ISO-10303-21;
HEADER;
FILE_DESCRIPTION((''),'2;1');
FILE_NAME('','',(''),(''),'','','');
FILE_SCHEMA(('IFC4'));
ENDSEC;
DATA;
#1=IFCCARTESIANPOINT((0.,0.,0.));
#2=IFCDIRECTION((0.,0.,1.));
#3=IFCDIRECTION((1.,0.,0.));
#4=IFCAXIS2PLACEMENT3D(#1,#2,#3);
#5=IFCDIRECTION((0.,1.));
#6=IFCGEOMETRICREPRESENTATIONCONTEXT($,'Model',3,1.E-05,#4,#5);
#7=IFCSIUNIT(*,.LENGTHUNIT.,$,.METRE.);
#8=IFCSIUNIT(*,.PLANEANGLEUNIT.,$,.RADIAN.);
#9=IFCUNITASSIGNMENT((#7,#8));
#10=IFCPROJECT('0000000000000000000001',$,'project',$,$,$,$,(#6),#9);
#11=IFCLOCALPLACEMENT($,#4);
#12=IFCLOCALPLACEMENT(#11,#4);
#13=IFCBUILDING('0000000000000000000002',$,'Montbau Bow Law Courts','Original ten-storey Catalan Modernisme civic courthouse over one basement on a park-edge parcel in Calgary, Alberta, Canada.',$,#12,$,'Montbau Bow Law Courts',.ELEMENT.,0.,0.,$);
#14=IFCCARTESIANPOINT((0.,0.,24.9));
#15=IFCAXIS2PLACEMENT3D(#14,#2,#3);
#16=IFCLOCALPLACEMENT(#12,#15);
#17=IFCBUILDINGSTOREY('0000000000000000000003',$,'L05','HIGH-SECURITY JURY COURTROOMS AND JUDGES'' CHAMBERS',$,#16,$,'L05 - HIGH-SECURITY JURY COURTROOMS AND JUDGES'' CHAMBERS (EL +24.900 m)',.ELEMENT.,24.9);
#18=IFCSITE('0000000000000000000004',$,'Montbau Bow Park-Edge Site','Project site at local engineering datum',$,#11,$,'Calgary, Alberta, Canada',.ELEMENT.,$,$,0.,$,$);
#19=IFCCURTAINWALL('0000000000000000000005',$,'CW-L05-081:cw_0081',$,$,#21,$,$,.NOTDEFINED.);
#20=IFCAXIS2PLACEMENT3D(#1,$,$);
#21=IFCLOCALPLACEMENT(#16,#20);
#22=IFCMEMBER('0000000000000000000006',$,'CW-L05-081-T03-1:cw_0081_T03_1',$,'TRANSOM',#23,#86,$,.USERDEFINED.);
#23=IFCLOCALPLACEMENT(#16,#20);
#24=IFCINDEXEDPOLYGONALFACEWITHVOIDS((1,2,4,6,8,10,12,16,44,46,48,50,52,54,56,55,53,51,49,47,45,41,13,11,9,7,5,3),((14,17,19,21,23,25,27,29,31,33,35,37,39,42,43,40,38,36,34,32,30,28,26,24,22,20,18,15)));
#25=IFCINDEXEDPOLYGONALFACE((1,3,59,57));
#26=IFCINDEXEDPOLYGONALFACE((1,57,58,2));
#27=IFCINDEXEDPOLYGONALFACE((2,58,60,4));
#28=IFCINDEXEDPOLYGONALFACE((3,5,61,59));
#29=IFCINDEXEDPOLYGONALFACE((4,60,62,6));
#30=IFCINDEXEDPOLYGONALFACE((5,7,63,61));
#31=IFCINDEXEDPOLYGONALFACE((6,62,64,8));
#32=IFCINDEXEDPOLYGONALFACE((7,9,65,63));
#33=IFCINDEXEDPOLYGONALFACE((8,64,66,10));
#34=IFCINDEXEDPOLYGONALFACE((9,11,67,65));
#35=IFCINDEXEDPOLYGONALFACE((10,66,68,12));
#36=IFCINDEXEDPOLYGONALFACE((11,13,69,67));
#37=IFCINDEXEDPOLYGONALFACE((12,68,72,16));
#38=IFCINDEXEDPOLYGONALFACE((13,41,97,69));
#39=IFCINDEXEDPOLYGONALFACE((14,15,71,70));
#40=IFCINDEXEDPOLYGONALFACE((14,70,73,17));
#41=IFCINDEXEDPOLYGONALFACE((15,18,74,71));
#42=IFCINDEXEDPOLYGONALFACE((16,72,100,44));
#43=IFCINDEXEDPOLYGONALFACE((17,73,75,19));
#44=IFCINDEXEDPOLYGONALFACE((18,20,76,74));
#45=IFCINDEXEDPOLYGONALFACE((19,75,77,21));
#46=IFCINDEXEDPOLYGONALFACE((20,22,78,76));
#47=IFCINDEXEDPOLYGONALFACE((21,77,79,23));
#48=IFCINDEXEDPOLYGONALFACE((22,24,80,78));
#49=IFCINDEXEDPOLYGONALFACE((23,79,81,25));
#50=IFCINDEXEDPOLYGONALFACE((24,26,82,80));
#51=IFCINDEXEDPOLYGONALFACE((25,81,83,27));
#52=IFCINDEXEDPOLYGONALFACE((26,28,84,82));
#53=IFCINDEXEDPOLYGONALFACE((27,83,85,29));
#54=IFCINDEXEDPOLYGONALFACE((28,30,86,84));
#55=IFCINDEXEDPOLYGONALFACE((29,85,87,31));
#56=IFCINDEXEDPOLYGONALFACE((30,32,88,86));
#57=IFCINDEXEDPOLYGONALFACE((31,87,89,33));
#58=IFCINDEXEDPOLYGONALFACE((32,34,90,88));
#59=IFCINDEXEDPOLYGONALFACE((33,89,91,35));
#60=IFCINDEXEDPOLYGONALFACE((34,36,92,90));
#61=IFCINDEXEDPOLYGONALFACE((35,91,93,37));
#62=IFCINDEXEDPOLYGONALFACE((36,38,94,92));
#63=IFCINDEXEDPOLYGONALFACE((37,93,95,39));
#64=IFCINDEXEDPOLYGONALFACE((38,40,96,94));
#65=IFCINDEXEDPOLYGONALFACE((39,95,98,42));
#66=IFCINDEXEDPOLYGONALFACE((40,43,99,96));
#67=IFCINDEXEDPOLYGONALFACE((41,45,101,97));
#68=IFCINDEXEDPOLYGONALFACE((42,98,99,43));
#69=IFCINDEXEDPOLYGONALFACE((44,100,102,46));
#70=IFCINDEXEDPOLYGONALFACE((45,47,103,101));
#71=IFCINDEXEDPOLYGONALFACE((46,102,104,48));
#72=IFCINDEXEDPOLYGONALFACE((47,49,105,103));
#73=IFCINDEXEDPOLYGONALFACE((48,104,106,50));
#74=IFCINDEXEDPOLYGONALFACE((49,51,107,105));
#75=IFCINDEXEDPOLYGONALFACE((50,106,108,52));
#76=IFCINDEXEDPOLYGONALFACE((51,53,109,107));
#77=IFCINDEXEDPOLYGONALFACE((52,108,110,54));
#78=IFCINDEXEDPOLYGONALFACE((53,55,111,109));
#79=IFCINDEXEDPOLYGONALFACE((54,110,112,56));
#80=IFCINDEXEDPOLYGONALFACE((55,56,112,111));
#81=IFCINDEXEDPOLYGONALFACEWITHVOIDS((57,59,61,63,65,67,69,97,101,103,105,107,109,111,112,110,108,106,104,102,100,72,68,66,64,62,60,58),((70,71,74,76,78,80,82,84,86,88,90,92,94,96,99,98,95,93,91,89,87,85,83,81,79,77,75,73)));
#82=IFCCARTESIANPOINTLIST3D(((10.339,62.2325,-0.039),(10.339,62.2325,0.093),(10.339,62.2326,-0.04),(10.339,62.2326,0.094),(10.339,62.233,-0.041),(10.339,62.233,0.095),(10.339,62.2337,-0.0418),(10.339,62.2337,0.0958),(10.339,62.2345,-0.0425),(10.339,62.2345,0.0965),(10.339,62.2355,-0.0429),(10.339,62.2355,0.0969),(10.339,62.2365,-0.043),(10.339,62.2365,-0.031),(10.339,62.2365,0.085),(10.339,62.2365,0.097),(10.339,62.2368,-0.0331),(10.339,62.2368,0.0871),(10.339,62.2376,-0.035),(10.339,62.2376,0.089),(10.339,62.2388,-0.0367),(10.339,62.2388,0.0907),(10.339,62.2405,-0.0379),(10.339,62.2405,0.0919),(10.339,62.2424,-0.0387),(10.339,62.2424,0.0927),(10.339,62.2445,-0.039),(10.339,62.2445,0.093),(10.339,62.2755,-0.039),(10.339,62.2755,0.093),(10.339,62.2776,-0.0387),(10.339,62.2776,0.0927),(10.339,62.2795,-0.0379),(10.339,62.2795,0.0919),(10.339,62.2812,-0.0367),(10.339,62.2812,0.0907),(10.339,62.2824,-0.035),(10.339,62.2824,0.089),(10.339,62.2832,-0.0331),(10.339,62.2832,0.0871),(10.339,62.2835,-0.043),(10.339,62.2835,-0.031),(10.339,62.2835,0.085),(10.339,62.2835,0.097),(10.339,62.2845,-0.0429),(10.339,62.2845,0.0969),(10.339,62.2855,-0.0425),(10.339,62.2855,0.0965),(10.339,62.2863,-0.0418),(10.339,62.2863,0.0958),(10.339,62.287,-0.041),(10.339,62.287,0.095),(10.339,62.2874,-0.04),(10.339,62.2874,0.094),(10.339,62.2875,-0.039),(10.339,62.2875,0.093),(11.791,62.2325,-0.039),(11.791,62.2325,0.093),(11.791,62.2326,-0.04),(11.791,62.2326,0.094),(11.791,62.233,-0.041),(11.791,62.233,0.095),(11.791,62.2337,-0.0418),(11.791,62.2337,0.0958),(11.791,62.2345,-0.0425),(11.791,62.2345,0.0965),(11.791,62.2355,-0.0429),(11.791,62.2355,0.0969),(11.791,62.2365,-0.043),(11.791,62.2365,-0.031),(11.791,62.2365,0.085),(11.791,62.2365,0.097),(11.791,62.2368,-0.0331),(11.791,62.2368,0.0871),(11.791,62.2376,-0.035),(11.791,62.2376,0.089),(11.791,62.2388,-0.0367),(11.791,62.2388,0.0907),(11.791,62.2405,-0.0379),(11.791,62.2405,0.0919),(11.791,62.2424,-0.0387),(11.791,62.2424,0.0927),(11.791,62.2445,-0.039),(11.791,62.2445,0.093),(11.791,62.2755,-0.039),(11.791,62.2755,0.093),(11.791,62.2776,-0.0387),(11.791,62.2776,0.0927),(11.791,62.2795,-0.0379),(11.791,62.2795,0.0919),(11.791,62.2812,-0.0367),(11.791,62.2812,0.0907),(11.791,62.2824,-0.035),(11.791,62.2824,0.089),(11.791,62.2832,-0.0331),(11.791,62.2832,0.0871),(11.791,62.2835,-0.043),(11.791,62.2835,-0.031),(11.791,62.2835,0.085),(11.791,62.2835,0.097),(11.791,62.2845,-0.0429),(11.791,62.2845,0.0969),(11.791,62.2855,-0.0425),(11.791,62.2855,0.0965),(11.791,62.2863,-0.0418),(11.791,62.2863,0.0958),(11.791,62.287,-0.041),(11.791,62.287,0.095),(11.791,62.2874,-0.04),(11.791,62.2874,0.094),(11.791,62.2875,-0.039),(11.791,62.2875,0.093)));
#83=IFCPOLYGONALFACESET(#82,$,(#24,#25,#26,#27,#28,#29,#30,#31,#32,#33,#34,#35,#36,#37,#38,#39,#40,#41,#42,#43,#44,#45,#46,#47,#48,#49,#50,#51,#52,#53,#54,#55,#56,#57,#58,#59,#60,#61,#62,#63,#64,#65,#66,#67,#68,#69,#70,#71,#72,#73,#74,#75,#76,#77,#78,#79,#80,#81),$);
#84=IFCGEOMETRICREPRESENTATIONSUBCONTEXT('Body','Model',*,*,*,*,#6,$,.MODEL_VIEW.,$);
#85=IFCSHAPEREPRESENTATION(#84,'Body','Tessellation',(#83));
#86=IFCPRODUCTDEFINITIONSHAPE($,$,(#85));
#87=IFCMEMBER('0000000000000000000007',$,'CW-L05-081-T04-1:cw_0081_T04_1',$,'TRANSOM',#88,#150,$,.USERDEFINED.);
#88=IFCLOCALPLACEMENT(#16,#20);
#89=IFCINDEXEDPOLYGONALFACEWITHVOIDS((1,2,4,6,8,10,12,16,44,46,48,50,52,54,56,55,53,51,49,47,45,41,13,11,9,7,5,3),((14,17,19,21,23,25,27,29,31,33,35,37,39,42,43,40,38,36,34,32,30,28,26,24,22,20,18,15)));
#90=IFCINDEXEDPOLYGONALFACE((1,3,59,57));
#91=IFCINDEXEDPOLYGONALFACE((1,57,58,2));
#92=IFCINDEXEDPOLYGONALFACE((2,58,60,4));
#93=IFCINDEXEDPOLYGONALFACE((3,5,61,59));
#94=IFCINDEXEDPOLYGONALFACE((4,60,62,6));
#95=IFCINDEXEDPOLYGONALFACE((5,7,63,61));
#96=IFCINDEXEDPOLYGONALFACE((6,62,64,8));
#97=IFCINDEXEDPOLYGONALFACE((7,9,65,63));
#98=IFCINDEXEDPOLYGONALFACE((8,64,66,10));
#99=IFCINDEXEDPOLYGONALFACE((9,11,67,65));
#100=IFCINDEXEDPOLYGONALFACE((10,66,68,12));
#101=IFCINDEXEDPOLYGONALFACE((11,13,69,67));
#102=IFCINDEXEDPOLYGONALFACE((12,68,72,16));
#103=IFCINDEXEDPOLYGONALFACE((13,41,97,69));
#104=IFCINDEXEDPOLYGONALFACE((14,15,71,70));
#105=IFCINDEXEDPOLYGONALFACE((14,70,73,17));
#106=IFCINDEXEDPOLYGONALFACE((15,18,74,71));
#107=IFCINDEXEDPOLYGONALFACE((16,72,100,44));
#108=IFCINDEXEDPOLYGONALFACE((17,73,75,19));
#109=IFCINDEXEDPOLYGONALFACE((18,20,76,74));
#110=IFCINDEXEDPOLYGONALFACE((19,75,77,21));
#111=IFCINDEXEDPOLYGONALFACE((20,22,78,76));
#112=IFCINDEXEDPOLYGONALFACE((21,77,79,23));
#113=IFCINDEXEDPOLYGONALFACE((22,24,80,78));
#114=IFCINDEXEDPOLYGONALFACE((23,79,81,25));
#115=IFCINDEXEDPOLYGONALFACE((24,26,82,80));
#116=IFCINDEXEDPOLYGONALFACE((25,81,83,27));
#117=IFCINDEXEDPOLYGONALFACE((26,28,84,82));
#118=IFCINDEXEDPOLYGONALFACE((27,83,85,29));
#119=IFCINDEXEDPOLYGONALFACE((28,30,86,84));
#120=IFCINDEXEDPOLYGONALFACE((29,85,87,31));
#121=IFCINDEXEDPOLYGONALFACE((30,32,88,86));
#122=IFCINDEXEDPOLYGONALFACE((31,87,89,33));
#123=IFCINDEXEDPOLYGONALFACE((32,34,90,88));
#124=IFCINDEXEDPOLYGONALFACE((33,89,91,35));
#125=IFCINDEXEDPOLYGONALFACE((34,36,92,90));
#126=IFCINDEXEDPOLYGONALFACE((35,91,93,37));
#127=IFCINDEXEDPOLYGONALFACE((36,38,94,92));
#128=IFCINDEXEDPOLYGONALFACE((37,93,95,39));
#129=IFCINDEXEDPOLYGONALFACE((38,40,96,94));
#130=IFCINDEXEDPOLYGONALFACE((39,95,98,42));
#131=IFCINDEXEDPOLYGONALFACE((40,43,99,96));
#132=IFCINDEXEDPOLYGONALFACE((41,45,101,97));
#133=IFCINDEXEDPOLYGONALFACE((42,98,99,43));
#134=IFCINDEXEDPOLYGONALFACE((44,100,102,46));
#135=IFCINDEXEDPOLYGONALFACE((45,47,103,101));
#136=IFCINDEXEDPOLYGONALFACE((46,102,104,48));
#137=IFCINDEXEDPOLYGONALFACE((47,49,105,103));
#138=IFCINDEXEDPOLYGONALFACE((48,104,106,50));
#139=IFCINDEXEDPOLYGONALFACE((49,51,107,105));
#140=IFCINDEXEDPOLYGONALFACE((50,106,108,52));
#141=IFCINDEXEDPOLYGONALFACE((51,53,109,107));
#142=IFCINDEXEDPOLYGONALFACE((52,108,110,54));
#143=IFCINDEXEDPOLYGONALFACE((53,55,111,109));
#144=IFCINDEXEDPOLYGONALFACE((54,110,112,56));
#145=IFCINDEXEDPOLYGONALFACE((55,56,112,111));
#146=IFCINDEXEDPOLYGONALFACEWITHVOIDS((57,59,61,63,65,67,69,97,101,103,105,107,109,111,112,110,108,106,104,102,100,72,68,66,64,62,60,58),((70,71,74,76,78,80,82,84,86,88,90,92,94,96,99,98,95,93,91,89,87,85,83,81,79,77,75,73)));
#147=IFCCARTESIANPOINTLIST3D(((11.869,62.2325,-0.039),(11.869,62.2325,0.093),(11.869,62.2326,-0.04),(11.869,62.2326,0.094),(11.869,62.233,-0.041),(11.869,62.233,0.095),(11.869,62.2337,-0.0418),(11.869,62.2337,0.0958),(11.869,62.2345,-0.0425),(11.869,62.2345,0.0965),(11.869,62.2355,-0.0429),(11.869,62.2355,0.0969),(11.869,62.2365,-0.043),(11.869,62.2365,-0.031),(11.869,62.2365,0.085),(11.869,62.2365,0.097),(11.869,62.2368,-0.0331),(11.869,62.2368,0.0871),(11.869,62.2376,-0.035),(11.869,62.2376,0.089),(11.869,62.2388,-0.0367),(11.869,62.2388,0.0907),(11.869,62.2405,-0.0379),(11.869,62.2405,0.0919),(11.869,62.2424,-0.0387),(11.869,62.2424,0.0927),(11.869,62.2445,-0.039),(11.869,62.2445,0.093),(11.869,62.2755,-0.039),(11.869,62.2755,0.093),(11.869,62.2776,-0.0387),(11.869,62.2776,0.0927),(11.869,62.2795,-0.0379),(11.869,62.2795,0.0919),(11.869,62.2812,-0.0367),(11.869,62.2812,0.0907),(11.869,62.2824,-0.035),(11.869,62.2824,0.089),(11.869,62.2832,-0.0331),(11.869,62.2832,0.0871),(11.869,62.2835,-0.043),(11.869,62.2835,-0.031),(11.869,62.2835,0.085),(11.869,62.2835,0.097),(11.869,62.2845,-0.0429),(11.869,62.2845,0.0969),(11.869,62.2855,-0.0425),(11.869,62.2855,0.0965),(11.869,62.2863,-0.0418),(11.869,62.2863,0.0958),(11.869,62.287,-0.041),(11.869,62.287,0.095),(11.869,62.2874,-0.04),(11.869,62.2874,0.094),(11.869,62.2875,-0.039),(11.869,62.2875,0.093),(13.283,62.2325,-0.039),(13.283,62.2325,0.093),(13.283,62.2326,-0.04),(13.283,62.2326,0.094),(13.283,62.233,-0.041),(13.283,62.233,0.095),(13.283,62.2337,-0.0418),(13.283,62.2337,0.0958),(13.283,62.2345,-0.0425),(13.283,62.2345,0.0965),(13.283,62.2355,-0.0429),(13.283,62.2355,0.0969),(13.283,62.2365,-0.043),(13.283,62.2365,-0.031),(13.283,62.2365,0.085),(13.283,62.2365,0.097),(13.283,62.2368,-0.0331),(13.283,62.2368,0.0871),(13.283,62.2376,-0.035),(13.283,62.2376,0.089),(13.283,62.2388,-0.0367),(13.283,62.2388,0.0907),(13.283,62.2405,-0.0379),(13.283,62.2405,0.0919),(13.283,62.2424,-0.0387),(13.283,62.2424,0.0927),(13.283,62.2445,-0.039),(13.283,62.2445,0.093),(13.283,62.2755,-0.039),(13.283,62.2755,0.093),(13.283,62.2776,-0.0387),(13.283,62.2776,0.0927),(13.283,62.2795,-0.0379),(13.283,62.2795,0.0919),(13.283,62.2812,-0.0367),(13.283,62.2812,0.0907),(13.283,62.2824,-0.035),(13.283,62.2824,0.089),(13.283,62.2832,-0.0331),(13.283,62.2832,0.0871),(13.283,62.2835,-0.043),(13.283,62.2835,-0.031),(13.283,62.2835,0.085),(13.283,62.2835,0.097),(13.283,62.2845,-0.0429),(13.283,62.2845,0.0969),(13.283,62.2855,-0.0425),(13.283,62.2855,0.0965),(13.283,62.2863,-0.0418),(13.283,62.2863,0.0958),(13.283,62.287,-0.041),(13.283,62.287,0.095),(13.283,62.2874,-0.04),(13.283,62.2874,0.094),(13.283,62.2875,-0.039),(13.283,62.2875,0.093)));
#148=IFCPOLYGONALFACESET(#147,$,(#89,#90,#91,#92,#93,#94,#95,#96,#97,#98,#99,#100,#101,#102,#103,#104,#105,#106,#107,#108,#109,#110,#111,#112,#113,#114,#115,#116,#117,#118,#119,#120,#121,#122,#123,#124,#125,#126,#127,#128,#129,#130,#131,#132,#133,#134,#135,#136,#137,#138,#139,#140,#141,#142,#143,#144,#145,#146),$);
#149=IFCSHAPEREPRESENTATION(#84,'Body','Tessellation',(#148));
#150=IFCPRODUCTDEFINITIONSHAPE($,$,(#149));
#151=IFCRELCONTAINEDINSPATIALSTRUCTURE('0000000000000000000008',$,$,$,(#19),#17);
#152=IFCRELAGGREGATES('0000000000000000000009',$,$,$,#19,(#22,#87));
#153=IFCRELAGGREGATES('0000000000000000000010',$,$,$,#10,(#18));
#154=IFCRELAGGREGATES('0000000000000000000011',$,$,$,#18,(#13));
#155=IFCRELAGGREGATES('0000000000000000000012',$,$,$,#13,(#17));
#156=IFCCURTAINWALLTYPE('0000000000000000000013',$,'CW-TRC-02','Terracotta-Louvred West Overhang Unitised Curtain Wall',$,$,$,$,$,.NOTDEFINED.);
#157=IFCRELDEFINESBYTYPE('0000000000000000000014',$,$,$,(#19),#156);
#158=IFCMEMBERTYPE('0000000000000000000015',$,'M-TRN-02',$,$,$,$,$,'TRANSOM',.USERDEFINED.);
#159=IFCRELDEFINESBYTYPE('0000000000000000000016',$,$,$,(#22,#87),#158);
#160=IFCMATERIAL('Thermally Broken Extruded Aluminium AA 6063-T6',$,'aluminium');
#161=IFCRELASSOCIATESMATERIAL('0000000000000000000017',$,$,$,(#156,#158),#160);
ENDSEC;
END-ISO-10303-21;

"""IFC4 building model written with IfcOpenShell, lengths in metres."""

from ifc_helpers import new_model, si_unit, direction, frame, origin_with_axes, origin_2d_with_axis, place, context, subcontext, project, spatial, hollow_rectangle, extrude, material, material_profile, profile_set, type_object, element, aggregate, save


model = new_model("IFC4")

# Units and contexts
model_context = context("Model", 3, precision=1e-05, world=origin_with_axes(), true_north=direction((0.0, 1.0)))
body_context = subcontext(model_context, "Body", "Model", "MODEL_VIEW")
ifc_project = project(units=[si_unit("LENGTHUNIT", "METRE"), si_unit("PLANEANGLEUNIT", "RADIAN")], contexts=[model_context])

# Site, building, storey
site_placement = place(None, origin_with_axes())
site = spatial("IfcSite", under=ifc_project, at=site_placement, Name="Montbau Bow Park-Edge Site", Description="Project site at local engineering datum", LongName="Calgary, Alberta, Canada", CompositionType="ELEMENT", RefElevation=0.0)
building_placement = place(site_placement, origin_with_axes())
building = spatial("IfcBuilding", under=site, at=building_placement, Name="Montbau Bow Law Courts", Description="Original ten-storey Catalan Modernisme civic courthouse over one basement on a park-edge parcel in Calgary, Alberta, Canada.", LongName="Montbau Bow Law Courts", CompositionType="ELEMENT", ElevationOfRefHeight=0.0, ElevationOfTerrain=0.0)
storey_placement = place(building_placement, frame((0.0, 0.0, 24.9), z_axis=(0.0, 0.0, 1.0), x_axis=(1.0, 0.0, 0.0)))
storey = spatial("IfcBuildingStorey", under=building, at=storey_placement, Name="L05", Description="HIGH-SECURITY JURY COURTROOMS AND JUDGES' CHAMBERS", LongName="L05 - HIGH-SECURITY JURY COURTROOMS AND JUDGES' CHAMBERS (EL +24.900 m)", CompositionType="ELEMENT", Elevation=24.9)

# Curtain wall, members
ifc_material_1 = material(Name="Thermally Broken Extruded Aluminium AA 6063-T6", Category="aluminium")
curtain_wall_type = type_object("IfcCurtainWallType", Name="CW-TRC-02", Description="Terracotta-Louvred West Overhang Unitised Curtain Wall", PredefinedType="NOTDEFINED", material=ifc_material_1)
curtain_wall_1_placement = place(None, frame((7.24, 62.26, 24.9), z_axis=(0.0, 0.0, 1.0), x_axis=(1.0, 0.0, 0.0)))
curtain_wall_1 = element("IfcCurtainWall", 1, at=curtain_wall_1_placement, inside=storey, type_object=curtain_wall_type, Name="CW-L05-081:cw_0081", PredefinedType="NOTDEFINED")
ifc_material_profile_1 = material_profile(ifc_material_1, hollow_rectangle(XDim=0.055, YDim=0.14, WallThickness=0.004, InnerFilletRadius=0.008, OuterFilletRadius=0.004, at=origin_2d_with_axis()), Name="CWT-140X55", Category="Main", Priority=0)
ifc_profile_set_1 = profile_set([ifc_material_profile_1], Name="Thermally Broken Extruded Aluminium AA 6063-T6")
member_type_1 = type_object("IfcMemberType", Name="M-TRN-02", ElementType="TRANSOM", PredefinedType="USERDEFINED", material=ifc_profile_set_1)
member_1_placement = place(None, frame((10.339, 62.26, 24.927), z_axis=(1.0, 0.0, 0.0), x_axis=(0.0, 1.0, 0.0)))
member_1 = element("IfcMember", 2, at=member_1_placement, type_object=member_type_1, Name="CW-L05-081-T03-1:cw_0081_T03_1", ObjectType="TRANSOM", PredefinedType="USERDEFINED", context=body_context, shape_type="SweptSolid", body=[
    extrude(hollow_rectangle(XDim=0.055, YDim=0.14, WallThickness=0.004, InnerFilletRadius=0.008, OuterFilletRadius=0.004, at=origin_2d_with_axis()), origin_with_axes(), (0.0, 0.0, 1.0), 1.452),
])
member_2_placement = place(None, frame((11.869, 62.26, 24.927), z_axis=(1.0, 0.0, 0.0), x_axis=(0.0, 1.0, 0.0)))
member_2 = element("IfcMember", 3, at=member_2_placement, type_object=member_type_1, Name="CW-L05-081-T04-1:cw_0081_T04_1", ObjectType="TRANSOM", PredefinedType="USERDEFINED", context=body_context, shape_type="SweptSolid", body=[
    extrude(hollow_rectangle(XDim=0.055, YDim=0.14, WallThickness=0.004, InnerFilletRadius=0.008, OuterFilletRadius=0.004, at=origin_2d_with_axis()), origin_with_axes(), (0.0, 0.0, 1.0), 1.414),
])
aggregate(curtain_wall_1, [member_1, member_2])

save(model, "model.ifc")
